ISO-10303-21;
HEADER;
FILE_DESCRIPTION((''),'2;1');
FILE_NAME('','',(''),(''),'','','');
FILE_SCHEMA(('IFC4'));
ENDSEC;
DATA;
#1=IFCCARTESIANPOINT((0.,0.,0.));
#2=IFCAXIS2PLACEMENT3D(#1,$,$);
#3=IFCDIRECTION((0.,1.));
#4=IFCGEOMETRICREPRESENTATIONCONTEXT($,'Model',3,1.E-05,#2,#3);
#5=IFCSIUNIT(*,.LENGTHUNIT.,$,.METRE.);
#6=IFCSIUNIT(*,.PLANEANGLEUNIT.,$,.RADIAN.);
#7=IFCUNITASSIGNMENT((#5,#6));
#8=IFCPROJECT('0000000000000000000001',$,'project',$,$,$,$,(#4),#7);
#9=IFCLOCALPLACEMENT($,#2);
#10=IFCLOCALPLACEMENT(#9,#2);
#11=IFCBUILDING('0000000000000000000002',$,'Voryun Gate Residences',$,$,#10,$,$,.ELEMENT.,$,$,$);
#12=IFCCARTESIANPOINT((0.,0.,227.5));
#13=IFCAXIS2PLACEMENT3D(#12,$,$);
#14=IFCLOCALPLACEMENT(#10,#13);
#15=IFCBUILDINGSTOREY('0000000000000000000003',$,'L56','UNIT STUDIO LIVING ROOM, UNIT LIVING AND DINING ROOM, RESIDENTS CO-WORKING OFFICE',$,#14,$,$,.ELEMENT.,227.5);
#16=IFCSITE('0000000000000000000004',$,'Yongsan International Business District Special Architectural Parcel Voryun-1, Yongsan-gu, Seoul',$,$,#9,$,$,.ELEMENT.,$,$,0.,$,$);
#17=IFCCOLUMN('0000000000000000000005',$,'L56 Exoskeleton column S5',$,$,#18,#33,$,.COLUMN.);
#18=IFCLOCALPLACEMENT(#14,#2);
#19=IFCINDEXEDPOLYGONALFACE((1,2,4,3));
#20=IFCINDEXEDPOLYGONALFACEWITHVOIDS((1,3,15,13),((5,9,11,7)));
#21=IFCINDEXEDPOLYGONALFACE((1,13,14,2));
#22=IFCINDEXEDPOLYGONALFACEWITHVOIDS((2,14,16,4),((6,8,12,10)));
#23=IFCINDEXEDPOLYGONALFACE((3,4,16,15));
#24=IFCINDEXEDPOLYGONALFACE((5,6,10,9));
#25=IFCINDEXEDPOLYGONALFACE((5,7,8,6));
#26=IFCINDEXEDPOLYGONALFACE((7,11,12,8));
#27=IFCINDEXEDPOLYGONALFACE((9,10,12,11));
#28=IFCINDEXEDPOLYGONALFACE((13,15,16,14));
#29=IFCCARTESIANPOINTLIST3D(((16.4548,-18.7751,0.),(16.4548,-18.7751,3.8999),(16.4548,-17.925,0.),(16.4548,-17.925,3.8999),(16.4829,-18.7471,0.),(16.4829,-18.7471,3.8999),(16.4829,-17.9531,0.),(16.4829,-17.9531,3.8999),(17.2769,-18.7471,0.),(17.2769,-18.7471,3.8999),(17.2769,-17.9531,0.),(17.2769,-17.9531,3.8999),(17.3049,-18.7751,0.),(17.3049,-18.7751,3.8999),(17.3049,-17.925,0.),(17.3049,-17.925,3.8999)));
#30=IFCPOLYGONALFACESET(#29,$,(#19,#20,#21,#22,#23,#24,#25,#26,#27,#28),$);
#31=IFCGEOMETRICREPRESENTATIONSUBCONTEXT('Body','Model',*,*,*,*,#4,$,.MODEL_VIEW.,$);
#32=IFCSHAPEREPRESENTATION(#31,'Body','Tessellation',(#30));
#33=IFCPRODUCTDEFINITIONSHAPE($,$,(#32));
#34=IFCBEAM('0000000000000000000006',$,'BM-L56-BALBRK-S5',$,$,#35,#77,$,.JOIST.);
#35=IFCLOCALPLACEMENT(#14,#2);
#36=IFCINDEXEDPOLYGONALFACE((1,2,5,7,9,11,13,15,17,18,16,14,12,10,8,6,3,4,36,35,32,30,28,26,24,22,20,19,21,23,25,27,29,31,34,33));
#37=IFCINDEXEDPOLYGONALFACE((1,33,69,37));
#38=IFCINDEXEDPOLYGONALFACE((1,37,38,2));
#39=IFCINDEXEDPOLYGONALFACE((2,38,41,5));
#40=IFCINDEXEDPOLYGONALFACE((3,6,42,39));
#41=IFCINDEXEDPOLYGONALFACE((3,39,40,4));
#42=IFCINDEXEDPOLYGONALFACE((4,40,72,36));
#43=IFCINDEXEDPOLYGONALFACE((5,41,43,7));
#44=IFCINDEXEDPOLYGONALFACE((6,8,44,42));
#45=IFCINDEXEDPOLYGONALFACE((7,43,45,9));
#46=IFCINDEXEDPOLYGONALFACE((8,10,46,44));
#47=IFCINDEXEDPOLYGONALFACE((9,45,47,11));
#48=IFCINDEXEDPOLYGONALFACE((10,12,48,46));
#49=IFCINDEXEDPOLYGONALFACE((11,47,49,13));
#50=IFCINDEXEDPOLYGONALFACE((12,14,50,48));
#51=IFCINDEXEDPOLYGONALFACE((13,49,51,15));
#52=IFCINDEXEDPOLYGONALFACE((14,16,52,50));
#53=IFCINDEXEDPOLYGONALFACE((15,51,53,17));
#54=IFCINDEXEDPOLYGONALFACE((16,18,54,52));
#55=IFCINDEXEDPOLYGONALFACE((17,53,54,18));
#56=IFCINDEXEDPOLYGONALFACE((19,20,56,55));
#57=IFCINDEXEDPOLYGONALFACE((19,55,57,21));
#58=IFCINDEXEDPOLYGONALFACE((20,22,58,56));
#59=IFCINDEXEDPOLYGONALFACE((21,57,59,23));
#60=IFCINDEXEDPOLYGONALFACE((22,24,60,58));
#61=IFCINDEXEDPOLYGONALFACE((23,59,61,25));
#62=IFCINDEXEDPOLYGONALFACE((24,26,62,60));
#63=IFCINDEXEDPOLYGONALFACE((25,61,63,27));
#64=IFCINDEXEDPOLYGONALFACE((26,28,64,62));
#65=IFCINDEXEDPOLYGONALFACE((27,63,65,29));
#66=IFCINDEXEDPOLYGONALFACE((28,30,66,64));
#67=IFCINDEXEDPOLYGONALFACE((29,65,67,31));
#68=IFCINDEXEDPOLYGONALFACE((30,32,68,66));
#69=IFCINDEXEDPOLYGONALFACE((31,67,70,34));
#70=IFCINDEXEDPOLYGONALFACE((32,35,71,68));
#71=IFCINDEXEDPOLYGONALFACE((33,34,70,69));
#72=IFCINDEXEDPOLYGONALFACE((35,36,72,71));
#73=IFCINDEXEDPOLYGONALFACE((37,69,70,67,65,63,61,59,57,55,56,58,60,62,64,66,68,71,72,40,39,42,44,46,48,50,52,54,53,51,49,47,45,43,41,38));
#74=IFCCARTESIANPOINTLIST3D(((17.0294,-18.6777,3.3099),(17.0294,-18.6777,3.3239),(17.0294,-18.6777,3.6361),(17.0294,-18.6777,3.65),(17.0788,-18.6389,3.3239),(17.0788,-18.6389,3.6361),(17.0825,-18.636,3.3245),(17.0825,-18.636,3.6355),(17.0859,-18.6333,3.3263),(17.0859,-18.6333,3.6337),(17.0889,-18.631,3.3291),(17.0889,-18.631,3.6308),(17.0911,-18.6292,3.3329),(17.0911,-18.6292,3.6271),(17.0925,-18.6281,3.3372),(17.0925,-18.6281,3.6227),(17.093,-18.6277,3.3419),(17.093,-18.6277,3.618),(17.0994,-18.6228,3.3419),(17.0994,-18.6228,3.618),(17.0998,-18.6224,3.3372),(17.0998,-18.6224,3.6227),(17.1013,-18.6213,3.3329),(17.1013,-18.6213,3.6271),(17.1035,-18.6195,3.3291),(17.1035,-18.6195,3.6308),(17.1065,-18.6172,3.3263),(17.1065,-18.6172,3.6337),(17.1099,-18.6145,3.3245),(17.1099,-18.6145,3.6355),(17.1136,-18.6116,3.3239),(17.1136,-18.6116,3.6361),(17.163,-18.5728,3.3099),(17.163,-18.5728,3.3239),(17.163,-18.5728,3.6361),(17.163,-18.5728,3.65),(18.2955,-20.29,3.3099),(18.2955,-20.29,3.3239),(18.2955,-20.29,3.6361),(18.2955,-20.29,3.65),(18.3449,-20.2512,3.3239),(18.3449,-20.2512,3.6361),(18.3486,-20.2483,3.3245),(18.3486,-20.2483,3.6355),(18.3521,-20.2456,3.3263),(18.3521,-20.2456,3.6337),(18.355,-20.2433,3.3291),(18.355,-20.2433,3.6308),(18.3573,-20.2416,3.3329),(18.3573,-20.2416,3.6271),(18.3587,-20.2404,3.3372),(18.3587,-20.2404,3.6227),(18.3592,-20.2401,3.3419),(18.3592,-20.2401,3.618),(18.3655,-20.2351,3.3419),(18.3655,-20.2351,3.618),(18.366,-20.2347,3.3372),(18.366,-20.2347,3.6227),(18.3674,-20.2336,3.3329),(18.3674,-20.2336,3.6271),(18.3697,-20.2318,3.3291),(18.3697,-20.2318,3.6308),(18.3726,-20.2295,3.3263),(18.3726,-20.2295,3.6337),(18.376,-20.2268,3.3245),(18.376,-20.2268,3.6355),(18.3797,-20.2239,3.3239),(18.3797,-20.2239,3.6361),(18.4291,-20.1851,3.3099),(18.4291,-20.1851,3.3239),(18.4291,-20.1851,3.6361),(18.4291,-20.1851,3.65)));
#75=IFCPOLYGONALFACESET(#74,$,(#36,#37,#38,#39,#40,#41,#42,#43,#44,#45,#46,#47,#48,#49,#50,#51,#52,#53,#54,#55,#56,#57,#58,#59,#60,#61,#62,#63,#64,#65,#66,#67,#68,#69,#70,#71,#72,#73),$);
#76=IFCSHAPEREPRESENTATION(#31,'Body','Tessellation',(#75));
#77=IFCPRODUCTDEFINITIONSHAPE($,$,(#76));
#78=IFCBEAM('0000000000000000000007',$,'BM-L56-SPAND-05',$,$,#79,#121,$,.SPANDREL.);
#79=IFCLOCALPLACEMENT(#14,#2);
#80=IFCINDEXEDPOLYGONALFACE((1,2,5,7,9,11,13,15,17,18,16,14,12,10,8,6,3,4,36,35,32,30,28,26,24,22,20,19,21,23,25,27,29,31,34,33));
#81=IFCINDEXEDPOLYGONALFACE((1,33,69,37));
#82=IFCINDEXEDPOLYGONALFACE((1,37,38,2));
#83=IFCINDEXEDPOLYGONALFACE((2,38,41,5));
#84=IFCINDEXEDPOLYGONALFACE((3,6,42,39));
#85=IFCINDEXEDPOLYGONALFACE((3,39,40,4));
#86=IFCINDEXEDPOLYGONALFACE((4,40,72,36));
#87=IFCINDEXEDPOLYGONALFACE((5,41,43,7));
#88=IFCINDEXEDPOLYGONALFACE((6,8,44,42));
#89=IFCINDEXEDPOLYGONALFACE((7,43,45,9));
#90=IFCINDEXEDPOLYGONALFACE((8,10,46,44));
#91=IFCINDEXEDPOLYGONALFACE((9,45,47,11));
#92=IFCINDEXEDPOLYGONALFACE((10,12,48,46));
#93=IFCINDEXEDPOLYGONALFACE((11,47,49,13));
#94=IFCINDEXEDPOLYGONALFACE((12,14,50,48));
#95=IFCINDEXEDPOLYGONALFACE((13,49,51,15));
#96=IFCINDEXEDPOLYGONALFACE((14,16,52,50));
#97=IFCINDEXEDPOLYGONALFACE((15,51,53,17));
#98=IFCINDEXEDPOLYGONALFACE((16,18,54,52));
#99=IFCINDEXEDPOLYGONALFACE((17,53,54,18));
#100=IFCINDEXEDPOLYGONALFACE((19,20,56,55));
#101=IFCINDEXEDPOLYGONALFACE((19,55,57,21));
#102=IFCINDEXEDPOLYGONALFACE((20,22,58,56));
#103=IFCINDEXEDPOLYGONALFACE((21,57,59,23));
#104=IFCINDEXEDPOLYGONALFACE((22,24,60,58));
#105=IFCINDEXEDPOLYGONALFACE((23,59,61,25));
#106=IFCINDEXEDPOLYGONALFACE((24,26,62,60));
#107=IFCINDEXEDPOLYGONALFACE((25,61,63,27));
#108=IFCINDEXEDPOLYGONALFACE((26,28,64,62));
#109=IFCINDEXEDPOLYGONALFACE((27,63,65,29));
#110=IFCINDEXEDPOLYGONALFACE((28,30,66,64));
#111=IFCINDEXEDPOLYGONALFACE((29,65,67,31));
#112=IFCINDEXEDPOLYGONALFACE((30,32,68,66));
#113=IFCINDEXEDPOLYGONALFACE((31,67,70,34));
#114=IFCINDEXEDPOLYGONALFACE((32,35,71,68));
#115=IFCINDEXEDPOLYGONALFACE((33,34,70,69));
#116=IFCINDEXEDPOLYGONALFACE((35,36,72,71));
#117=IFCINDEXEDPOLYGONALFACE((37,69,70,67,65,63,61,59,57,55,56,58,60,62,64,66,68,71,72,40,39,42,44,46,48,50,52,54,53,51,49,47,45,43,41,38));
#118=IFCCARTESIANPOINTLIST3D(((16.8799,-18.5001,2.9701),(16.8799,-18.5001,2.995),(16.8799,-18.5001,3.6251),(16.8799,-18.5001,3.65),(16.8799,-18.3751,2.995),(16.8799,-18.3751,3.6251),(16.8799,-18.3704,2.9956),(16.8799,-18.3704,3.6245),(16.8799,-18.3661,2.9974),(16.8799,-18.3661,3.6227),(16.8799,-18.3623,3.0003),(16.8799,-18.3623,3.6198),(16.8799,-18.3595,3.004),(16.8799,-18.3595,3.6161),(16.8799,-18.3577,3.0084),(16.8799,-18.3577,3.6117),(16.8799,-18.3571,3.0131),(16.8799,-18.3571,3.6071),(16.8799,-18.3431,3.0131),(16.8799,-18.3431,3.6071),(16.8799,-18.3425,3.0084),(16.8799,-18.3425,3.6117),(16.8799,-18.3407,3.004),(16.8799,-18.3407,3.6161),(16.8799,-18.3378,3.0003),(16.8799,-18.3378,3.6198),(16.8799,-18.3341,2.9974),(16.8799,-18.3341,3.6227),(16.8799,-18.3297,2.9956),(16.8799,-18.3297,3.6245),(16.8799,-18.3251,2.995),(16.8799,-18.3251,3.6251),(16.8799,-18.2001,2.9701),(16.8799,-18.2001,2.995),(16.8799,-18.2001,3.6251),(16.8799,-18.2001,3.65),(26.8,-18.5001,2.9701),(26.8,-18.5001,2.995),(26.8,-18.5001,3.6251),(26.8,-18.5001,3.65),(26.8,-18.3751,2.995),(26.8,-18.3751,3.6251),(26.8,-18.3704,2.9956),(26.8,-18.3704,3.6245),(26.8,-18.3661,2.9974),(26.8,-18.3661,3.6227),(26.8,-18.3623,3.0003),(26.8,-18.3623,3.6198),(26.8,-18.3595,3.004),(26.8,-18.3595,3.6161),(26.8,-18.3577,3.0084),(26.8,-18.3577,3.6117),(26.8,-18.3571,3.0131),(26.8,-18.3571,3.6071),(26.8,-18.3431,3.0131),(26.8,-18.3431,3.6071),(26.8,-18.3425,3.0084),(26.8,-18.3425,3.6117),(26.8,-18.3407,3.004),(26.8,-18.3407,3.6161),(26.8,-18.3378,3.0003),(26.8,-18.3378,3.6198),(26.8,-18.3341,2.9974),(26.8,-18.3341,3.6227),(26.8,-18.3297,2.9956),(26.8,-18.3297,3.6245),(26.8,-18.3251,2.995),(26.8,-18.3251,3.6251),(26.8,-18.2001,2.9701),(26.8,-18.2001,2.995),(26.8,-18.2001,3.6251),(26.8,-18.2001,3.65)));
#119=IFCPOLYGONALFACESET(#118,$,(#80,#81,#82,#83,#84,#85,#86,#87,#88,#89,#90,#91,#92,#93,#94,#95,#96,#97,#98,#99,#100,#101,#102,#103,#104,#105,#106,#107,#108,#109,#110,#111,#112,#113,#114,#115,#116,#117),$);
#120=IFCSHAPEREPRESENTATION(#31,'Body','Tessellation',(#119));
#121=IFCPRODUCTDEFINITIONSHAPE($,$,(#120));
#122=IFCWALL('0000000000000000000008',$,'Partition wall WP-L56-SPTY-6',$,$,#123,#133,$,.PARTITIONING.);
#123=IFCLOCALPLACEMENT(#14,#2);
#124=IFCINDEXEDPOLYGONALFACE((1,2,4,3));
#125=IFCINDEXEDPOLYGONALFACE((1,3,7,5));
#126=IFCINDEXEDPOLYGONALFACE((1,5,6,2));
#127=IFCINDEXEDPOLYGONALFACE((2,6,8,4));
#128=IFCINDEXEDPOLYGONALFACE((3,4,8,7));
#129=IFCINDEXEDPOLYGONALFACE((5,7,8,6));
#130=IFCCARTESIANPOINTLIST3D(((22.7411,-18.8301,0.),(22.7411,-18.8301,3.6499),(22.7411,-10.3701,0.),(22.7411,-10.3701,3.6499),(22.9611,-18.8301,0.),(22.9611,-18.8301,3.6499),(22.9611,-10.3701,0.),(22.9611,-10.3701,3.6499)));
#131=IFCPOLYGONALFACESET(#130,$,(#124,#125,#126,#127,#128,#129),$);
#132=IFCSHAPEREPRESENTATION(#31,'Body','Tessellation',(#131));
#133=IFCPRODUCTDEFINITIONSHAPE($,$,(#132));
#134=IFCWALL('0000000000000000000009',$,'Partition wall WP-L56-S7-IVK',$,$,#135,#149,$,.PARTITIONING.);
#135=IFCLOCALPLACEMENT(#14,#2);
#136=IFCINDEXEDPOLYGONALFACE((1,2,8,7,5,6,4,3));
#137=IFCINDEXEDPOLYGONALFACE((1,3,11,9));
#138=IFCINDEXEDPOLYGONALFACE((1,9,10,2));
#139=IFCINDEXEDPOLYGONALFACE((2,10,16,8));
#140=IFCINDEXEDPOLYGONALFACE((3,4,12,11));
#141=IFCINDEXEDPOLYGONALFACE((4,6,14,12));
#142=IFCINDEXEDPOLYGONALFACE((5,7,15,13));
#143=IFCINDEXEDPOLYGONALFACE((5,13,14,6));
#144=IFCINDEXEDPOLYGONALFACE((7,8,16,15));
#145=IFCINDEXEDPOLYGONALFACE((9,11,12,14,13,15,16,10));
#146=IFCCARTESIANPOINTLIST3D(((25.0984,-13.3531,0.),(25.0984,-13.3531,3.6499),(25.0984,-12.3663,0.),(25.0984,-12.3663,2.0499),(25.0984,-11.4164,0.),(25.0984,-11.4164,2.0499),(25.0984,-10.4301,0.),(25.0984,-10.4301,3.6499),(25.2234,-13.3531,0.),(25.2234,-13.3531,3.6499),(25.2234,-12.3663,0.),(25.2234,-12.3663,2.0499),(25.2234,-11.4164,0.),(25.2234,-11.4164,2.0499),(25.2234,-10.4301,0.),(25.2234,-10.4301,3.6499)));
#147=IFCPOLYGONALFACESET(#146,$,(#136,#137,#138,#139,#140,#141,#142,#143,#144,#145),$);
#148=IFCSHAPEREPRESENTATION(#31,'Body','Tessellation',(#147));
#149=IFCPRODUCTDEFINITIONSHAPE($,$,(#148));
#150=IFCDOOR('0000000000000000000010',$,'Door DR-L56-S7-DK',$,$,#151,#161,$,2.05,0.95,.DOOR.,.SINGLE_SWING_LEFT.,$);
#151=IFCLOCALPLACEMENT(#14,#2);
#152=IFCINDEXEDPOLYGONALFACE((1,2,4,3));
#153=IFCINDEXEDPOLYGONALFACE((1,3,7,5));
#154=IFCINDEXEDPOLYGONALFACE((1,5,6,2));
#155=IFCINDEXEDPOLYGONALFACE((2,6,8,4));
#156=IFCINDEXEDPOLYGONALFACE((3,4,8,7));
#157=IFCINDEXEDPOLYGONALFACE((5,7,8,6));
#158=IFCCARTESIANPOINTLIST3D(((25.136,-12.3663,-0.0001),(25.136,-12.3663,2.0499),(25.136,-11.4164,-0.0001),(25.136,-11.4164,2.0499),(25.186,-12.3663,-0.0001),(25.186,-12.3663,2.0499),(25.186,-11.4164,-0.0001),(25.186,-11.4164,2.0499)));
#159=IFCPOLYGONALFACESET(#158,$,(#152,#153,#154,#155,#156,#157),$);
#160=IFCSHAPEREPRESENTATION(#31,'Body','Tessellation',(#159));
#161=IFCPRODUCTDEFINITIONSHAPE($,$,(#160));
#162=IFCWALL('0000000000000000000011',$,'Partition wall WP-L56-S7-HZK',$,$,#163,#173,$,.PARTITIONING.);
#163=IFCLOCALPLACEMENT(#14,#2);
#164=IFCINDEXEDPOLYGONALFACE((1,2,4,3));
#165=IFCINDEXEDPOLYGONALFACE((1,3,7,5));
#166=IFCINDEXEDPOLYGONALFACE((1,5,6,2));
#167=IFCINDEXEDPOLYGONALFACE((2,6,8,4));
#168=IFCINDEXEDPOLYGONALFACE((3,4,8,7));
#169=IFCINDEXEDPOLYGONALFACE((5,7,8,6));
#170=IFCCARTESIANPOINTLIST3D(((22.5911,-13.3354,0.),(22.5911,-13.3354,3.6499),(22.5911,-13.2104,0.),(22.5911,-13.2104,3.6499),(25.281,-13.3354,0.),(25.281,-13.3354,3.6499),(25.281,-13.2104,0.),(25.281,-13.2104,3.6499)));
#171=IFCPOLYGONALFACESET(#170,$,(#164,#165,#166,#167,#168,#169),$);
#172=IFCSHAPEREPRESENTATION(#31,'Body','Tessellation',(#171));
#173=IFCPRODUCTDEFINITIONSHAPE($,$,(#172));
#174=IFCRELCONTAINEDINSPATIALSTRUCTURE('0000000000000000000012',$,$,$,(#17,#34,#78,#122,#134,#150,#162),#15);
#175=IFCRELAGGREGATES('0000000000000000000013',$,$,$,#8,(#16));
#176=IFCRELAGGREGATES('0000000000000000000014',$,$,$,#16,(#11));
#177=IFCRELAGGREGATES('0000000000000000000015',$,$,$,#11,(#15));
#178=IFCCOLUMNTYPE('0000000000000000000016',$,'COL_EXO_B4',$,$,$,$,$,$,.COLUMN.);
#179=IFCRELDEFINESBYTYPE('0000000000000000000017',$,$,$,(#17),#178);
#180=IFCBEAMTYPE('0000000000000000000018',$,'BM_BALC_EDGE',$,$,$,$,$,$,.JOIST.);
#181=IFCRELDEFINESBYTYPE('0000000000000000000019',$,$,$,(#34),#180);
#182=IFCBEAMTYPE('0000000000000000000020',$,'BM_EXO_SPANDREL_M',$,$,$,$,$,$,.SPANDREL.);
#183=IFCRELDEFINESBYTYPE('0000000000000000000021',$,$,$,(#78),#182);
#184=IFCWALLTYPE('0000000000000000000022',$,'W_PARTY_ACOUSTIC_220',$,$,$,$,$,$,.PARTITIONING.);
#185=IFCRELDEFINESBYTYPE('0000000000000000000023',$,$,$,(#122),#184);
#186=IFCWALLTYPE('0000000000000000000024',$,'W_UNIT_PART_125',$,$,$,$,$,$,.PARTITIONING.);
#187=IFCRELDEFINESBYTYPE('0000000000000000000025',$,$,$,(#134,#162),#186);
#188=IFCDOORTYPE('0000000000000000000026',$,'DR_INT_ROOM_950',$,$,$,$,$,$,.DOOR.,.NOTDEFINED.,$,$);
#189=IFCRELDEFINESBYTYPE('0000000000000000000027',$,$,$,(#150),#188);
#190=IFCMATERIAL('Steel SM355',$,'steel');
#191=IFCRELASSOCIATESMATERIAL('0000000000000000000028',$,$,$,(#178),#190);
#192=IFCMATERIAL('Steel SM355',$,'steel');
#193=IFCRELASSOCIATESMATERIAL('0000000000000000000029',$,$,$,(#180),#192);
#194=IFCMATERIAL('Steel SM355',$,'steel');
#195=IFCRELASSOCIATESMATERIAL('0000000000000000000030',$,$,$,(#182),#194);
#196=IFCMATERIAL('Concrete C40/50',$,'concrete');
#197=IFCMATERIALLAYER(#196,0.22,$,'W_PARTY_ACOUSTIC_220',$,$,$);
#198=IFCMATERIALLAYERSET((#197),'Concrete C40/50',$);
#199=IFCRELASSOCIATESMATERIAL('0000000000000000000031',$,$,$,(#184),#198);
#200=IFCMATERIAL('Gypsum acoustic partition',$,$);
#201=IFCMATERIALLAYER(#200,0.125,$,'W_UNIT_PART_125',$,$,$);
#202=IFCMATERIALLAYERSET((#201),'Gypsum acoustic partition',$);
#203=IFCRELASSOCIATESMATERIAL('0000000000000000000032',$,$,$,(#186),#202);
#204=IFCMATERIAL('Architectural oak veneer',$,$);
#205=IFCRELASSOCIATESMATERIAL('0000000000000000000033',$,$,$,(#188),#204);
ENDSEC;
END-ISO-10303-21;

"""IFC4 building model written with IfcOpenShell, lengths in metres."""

from ifc_helpers import new_model, si_unit, direction, frame, frame_2d, origin, origin_2d, place, context, subcontext, project, spatial, rectangle, hollow_rectangle, i_section, extrude, material, layer, layer_set, material_profile, profile_set, type_object, element, fill, save


model = new_model("IFC4")

# Units and contexts
model_context = context("Model", 3, precision=1e-05, world=origin(), true_north=direction((0.0, 1.0)))
body_context = subcontext(model_context, "Body", "Model", "MODEL_VIEW")
ifc_project = project(units=[si_unit("LENGTHUNIT", "METRE"), si_unit("PLANEANGLEUNIT", "RADIAN")], contexts=[model_context])

# Site, building, storey
site_placement = place(None, origin())
site = spatial("IfcSite", under=ifc_project, at=site_placement, Name="Yongsan International Business District Special Architectural Parcel Voryun-1, Yongsan-gu, Seoul", CompositionType="ELEMENT", RefElevation=0.0)
building_placement = place(site_placement, origin())
building = spatial("IfcBuilding", under=site, at=building_placement, Name="Voryun Gate Residences", CompositionType="ELEMENT")
storey_placement = place(building_placement, frame((0.0, 0.0, 227.5)))
storey = spatial("IfcBuildingStorey", under=building, at=storey_placement, Name="L56", Description="UNIT STUDIO LIVING ROOM, UNIT LIVING AND DINING ROOM, RESIDENTS CO-WORKING OFFICE", CompositionType="ELEMENT", Elevation=227.5)

# Column
ifc_material_1 = material(Name="Steel SM355", Category="steel")
ifc_material_profile_1 = material_profile(ifc_material_1, hollow_rectangle(XDim=0.8501, YDim=0.8501, WallThickness=0.0281, at=origin_2d()), Name="BOX-850x850x28")
ifc_profile_set_1 = profile_set([ifc_material_profile_1], Name="Steel SM355")
column_type = type_object("IfcColumnType", Name="COL_EXO_B4", PredefinedType="COLUMN", material=ifc_profile_set_1)
column_placement = place(storey_placement, frame((16.8799, -18.3501, 0.0), z_axis=(0.0, 0.0, 1.0), x_axis=(1.0, 0.0, 0.0)))
element("IfcColumn", 1, at=column_placement, inside=storey, type_object=column_type, Name="L56 Exoskeleton column S5", PredefinedType="COLUMN", context=body_context, shape_type="SweptSolid", body=[
    extrude(hollow_rectangle(XDim=0.8501, YDim=0.8501, WallThickness=0.0281, at=origin_2d()), origin(), (0.0, 0.0, 1.0), 3.8999),
])

# Beams
ifc_material_2 = material(Name="Steel SM355", Category="steel")
ifc_material_profile_2 = material_profile(ifc_material_2, i_section(OverallWidth=0.1699, OverallDepth=0.3401, WebThickness=0.0081, FlangeThickness=0.0139, FilletRadius=0.0181, at=origin_2d()), Name="H-340x170x8x14")
ifc_profile_set_2 = profile_set([ifc_material_profile_2], Name="Steel SM355")
beam_type_1 = type_object("IfcBeamType", Name="BM_BALC_EDGE", PredefinedType="JOIST", material=ifc_profile_set_2)
beam_1_placement = place(storey_placement, frame((17.0962, -18.6252, 3.48), z_axis=(0.617611, -0.786484, 0.0), x_axis=(0.786484, 0.617611, 0.0)))
element("IfcBeam", 2, at=beam_1_placement, inside=storey, type_object=beam_type_1, Name="BM-L56-BALBRK-S5", PredefinedType="JOIST", context=body_context, shape_type="SweptSolid", body=[
    extrude(i_section(OverallWidth=0.1699, OverallDepth=0.3401, WebThickness=0.0081, FlangeThickness=0.0139, FilletRadius=0.0181, at=origin_2d()), origin(), (0.0, 0.0, 1.0), 2.05),
])
ifc_material_3 = material(Name="Steel SM355", Category="steel")
ifc_material_profile_3 = material_profile(ifc_material_3, i_section(OverallWidth=0.3, OverallDepth=0.6799, WebThickness=0.0139, FlangeThickness=0.0249, FilletRadius=0.0181, at=origin_2d()), Name="H-680x300x14x25")
ifc_profile_set_3 = profile_set([ifc_material_profile_3], Name="Steel SM355")
beam_type_2 = type_object("IfcBeamType", Name="BM_EXO_SPANDREL_M", PredefinedType="SPANDREL", material=ifc_profile_set_3)
beam_2_placement = place(storey_placement, frame((16.8799, -18.3501, 3.3101), z_axis=(1.0, 0.0, 0.0), x_axis=(0.0, 1.0, 0.0)))
element("IfcBeam", 3, at=beam_2_placement, inside=storey, type_object=beam_type_2, Name="BM-L56-SPAND-05", PredefinedType="SPANDREL", context=body_context, shape_type="SweptSolid", body=[
    extrude(i_section(OverallWidth=0.3, OverallDepth=0.6799, WebThickness=0.0139, FlangeThickness=0.0249, FilletRadius=0.0181, at=origin_2d()), origin(), (0.0, 0.0, 1.0), 9.9202),
])

# Wall
ifc_material_4 = material(Name="Concrete C40/50", Category="concrete")
ifc_layer_1 = layer(ifc_material_4, 0.22, Name="W_PARTY_ACOUSTIC_220")
ifc_layer_set_1 = layer_set([ifc_layer_1], Name="Concrete C40/50")
wall_type_1 = type_object("IfcWallType", Name="W_PARTY_ACOUSTIC_220", PredefinedType="PARTITIONING", material=ifc_layer_set_1)
wall_1_placement = place(storey_placement, frame((22.8511, -18.8301, 0.0), z_axis=(0.0, 0.0, 1.0), x_axis=(0.0, 1.0, 0.0)))
element("IfcWall", 4, at=wall_1_placement, inside=storey, type_object=wall_type_1, Name="Partition wall WP-L56-SPTY-6", PredefinedType="PARTITIONING", context=body_context, shape_type="SweptSolid", body=[
    extrude(rectangle(XDim=8.46, YDim=0.22, at=frame_2d((4.23, 0.0))), origin(), (0.0, 0.0, 1.0), 3.6499),
])

# Wall, opening, door
ifc_material_5 = material(Name="Gypsum acoustic partition")
ifc_layer_2 = layer(ifc_material_5, 0.125, Name="W_UNIT_PART_125")
ifc_layer_set_2 = layer_set([ifc_layer_2], Name="Gypsum acoustic partition")
wall_type_2 = type_object("IfcWallType", Name="W_UNIT_PART_125", PredefinedType="PARTITIONING", material=ifc_layer_set_2)
wall_2_placement = place(storey_placement, frame((25.1609, -13.353, 0.0), z_axis=(0.0, 0.0, 1.0), x_axis=(0.0, 1.0, 0.0)))
wall_2 = element("IfcWall", 5, at=wall_2_placement, inside=storey, type_object=wall_type_2, Name="Partition wall WP-L56-S7-IVK", PredefinedType="PARTITIONING", context=body_context, shape_type="SweptSolid", body=[
    extrude(rectangle(XDim=2.9231, YDim=0.125, at=frame_2d((1.4614, 0.0))), origin(), (0.0, 0.0, 1.0), 3.6499),
])
opening_1_placement = place(wall_2_placement, frame((0.9866, 0.0, 0.0)))
opening_1 = element("IfcOpeningElement", 6, at=opening_1_placement, cuts=wall_2, PredefinedType="OPENING", context=body_context, shape_type="SweptSolid", body=[
    extrude(rectangle(XDim=0.95, YDim=2.05, at=frame_2d((0.4751, 1.0249))), frame((0.0, 0.0725, 0.0), z_axis=(0.0, -1.0, 0.0), x_axis=(1.0, 0.0, 0.0)), (0.0, 0.0, 1.0), 0.145),
])
ifc_material_6 = material(Name="Architectural oak veneer")
door_type_1 = type_object("IfcDoorType", Name="DR_INT_ROOM_950", OperationType="NOTDEFINED", PredefinedType="DOOR", material=ifc_material_6)
door_1_placement = place(opening_1_placement, origin())
door_1 = element("IfcDoor", 7, at=door_1_placement, inside=storey, type_object=door_type_1, Name="Door DR-L56-S7-DK", OperationType="SINGLE_SWING_LEFT", OverallHeight=2.05, OverallWidth=0.95, PredefinedType="DOOR", context=body_context, shape_type="SweptSolid", body=[
    extrude(rectangle(XDim=0.95, YDim=2.05, at=frame_2d((0.4751, 1.0249))), frame((0.0, 0.0249, 0.0), z_axis=(0.0, -1.0, 0.0), x_axis=(1.0, 0.0, 0.0)), (0.0, 0.0, 1.0), 0.05),
])
fill(opening_1, door_1)

# Wall
wall_3_placement = place(storey_placement, frame((22.5911, -13.2729, 0.0), z_axis=(0.0, 0.0, 1.0), x_axis=(1.0, 0.0, 0.0)))
element("IfcWall", 8, at=wall_3_placement, inside=storey, type_object=wall_type_2, Name="Partition wall WP-L56-S7-HZK", PredefinedType="PARTITIONING", context=body_context, shape_type="SweptSolid", body=[
    extrude(rectangle(XDim=2.6899, YDim=0.125, at=frame_2d((1.345, 0.0))), origin(), (0.0, 0.0, 1.0), 3.6499),
])

save(model, "model.ifc")
